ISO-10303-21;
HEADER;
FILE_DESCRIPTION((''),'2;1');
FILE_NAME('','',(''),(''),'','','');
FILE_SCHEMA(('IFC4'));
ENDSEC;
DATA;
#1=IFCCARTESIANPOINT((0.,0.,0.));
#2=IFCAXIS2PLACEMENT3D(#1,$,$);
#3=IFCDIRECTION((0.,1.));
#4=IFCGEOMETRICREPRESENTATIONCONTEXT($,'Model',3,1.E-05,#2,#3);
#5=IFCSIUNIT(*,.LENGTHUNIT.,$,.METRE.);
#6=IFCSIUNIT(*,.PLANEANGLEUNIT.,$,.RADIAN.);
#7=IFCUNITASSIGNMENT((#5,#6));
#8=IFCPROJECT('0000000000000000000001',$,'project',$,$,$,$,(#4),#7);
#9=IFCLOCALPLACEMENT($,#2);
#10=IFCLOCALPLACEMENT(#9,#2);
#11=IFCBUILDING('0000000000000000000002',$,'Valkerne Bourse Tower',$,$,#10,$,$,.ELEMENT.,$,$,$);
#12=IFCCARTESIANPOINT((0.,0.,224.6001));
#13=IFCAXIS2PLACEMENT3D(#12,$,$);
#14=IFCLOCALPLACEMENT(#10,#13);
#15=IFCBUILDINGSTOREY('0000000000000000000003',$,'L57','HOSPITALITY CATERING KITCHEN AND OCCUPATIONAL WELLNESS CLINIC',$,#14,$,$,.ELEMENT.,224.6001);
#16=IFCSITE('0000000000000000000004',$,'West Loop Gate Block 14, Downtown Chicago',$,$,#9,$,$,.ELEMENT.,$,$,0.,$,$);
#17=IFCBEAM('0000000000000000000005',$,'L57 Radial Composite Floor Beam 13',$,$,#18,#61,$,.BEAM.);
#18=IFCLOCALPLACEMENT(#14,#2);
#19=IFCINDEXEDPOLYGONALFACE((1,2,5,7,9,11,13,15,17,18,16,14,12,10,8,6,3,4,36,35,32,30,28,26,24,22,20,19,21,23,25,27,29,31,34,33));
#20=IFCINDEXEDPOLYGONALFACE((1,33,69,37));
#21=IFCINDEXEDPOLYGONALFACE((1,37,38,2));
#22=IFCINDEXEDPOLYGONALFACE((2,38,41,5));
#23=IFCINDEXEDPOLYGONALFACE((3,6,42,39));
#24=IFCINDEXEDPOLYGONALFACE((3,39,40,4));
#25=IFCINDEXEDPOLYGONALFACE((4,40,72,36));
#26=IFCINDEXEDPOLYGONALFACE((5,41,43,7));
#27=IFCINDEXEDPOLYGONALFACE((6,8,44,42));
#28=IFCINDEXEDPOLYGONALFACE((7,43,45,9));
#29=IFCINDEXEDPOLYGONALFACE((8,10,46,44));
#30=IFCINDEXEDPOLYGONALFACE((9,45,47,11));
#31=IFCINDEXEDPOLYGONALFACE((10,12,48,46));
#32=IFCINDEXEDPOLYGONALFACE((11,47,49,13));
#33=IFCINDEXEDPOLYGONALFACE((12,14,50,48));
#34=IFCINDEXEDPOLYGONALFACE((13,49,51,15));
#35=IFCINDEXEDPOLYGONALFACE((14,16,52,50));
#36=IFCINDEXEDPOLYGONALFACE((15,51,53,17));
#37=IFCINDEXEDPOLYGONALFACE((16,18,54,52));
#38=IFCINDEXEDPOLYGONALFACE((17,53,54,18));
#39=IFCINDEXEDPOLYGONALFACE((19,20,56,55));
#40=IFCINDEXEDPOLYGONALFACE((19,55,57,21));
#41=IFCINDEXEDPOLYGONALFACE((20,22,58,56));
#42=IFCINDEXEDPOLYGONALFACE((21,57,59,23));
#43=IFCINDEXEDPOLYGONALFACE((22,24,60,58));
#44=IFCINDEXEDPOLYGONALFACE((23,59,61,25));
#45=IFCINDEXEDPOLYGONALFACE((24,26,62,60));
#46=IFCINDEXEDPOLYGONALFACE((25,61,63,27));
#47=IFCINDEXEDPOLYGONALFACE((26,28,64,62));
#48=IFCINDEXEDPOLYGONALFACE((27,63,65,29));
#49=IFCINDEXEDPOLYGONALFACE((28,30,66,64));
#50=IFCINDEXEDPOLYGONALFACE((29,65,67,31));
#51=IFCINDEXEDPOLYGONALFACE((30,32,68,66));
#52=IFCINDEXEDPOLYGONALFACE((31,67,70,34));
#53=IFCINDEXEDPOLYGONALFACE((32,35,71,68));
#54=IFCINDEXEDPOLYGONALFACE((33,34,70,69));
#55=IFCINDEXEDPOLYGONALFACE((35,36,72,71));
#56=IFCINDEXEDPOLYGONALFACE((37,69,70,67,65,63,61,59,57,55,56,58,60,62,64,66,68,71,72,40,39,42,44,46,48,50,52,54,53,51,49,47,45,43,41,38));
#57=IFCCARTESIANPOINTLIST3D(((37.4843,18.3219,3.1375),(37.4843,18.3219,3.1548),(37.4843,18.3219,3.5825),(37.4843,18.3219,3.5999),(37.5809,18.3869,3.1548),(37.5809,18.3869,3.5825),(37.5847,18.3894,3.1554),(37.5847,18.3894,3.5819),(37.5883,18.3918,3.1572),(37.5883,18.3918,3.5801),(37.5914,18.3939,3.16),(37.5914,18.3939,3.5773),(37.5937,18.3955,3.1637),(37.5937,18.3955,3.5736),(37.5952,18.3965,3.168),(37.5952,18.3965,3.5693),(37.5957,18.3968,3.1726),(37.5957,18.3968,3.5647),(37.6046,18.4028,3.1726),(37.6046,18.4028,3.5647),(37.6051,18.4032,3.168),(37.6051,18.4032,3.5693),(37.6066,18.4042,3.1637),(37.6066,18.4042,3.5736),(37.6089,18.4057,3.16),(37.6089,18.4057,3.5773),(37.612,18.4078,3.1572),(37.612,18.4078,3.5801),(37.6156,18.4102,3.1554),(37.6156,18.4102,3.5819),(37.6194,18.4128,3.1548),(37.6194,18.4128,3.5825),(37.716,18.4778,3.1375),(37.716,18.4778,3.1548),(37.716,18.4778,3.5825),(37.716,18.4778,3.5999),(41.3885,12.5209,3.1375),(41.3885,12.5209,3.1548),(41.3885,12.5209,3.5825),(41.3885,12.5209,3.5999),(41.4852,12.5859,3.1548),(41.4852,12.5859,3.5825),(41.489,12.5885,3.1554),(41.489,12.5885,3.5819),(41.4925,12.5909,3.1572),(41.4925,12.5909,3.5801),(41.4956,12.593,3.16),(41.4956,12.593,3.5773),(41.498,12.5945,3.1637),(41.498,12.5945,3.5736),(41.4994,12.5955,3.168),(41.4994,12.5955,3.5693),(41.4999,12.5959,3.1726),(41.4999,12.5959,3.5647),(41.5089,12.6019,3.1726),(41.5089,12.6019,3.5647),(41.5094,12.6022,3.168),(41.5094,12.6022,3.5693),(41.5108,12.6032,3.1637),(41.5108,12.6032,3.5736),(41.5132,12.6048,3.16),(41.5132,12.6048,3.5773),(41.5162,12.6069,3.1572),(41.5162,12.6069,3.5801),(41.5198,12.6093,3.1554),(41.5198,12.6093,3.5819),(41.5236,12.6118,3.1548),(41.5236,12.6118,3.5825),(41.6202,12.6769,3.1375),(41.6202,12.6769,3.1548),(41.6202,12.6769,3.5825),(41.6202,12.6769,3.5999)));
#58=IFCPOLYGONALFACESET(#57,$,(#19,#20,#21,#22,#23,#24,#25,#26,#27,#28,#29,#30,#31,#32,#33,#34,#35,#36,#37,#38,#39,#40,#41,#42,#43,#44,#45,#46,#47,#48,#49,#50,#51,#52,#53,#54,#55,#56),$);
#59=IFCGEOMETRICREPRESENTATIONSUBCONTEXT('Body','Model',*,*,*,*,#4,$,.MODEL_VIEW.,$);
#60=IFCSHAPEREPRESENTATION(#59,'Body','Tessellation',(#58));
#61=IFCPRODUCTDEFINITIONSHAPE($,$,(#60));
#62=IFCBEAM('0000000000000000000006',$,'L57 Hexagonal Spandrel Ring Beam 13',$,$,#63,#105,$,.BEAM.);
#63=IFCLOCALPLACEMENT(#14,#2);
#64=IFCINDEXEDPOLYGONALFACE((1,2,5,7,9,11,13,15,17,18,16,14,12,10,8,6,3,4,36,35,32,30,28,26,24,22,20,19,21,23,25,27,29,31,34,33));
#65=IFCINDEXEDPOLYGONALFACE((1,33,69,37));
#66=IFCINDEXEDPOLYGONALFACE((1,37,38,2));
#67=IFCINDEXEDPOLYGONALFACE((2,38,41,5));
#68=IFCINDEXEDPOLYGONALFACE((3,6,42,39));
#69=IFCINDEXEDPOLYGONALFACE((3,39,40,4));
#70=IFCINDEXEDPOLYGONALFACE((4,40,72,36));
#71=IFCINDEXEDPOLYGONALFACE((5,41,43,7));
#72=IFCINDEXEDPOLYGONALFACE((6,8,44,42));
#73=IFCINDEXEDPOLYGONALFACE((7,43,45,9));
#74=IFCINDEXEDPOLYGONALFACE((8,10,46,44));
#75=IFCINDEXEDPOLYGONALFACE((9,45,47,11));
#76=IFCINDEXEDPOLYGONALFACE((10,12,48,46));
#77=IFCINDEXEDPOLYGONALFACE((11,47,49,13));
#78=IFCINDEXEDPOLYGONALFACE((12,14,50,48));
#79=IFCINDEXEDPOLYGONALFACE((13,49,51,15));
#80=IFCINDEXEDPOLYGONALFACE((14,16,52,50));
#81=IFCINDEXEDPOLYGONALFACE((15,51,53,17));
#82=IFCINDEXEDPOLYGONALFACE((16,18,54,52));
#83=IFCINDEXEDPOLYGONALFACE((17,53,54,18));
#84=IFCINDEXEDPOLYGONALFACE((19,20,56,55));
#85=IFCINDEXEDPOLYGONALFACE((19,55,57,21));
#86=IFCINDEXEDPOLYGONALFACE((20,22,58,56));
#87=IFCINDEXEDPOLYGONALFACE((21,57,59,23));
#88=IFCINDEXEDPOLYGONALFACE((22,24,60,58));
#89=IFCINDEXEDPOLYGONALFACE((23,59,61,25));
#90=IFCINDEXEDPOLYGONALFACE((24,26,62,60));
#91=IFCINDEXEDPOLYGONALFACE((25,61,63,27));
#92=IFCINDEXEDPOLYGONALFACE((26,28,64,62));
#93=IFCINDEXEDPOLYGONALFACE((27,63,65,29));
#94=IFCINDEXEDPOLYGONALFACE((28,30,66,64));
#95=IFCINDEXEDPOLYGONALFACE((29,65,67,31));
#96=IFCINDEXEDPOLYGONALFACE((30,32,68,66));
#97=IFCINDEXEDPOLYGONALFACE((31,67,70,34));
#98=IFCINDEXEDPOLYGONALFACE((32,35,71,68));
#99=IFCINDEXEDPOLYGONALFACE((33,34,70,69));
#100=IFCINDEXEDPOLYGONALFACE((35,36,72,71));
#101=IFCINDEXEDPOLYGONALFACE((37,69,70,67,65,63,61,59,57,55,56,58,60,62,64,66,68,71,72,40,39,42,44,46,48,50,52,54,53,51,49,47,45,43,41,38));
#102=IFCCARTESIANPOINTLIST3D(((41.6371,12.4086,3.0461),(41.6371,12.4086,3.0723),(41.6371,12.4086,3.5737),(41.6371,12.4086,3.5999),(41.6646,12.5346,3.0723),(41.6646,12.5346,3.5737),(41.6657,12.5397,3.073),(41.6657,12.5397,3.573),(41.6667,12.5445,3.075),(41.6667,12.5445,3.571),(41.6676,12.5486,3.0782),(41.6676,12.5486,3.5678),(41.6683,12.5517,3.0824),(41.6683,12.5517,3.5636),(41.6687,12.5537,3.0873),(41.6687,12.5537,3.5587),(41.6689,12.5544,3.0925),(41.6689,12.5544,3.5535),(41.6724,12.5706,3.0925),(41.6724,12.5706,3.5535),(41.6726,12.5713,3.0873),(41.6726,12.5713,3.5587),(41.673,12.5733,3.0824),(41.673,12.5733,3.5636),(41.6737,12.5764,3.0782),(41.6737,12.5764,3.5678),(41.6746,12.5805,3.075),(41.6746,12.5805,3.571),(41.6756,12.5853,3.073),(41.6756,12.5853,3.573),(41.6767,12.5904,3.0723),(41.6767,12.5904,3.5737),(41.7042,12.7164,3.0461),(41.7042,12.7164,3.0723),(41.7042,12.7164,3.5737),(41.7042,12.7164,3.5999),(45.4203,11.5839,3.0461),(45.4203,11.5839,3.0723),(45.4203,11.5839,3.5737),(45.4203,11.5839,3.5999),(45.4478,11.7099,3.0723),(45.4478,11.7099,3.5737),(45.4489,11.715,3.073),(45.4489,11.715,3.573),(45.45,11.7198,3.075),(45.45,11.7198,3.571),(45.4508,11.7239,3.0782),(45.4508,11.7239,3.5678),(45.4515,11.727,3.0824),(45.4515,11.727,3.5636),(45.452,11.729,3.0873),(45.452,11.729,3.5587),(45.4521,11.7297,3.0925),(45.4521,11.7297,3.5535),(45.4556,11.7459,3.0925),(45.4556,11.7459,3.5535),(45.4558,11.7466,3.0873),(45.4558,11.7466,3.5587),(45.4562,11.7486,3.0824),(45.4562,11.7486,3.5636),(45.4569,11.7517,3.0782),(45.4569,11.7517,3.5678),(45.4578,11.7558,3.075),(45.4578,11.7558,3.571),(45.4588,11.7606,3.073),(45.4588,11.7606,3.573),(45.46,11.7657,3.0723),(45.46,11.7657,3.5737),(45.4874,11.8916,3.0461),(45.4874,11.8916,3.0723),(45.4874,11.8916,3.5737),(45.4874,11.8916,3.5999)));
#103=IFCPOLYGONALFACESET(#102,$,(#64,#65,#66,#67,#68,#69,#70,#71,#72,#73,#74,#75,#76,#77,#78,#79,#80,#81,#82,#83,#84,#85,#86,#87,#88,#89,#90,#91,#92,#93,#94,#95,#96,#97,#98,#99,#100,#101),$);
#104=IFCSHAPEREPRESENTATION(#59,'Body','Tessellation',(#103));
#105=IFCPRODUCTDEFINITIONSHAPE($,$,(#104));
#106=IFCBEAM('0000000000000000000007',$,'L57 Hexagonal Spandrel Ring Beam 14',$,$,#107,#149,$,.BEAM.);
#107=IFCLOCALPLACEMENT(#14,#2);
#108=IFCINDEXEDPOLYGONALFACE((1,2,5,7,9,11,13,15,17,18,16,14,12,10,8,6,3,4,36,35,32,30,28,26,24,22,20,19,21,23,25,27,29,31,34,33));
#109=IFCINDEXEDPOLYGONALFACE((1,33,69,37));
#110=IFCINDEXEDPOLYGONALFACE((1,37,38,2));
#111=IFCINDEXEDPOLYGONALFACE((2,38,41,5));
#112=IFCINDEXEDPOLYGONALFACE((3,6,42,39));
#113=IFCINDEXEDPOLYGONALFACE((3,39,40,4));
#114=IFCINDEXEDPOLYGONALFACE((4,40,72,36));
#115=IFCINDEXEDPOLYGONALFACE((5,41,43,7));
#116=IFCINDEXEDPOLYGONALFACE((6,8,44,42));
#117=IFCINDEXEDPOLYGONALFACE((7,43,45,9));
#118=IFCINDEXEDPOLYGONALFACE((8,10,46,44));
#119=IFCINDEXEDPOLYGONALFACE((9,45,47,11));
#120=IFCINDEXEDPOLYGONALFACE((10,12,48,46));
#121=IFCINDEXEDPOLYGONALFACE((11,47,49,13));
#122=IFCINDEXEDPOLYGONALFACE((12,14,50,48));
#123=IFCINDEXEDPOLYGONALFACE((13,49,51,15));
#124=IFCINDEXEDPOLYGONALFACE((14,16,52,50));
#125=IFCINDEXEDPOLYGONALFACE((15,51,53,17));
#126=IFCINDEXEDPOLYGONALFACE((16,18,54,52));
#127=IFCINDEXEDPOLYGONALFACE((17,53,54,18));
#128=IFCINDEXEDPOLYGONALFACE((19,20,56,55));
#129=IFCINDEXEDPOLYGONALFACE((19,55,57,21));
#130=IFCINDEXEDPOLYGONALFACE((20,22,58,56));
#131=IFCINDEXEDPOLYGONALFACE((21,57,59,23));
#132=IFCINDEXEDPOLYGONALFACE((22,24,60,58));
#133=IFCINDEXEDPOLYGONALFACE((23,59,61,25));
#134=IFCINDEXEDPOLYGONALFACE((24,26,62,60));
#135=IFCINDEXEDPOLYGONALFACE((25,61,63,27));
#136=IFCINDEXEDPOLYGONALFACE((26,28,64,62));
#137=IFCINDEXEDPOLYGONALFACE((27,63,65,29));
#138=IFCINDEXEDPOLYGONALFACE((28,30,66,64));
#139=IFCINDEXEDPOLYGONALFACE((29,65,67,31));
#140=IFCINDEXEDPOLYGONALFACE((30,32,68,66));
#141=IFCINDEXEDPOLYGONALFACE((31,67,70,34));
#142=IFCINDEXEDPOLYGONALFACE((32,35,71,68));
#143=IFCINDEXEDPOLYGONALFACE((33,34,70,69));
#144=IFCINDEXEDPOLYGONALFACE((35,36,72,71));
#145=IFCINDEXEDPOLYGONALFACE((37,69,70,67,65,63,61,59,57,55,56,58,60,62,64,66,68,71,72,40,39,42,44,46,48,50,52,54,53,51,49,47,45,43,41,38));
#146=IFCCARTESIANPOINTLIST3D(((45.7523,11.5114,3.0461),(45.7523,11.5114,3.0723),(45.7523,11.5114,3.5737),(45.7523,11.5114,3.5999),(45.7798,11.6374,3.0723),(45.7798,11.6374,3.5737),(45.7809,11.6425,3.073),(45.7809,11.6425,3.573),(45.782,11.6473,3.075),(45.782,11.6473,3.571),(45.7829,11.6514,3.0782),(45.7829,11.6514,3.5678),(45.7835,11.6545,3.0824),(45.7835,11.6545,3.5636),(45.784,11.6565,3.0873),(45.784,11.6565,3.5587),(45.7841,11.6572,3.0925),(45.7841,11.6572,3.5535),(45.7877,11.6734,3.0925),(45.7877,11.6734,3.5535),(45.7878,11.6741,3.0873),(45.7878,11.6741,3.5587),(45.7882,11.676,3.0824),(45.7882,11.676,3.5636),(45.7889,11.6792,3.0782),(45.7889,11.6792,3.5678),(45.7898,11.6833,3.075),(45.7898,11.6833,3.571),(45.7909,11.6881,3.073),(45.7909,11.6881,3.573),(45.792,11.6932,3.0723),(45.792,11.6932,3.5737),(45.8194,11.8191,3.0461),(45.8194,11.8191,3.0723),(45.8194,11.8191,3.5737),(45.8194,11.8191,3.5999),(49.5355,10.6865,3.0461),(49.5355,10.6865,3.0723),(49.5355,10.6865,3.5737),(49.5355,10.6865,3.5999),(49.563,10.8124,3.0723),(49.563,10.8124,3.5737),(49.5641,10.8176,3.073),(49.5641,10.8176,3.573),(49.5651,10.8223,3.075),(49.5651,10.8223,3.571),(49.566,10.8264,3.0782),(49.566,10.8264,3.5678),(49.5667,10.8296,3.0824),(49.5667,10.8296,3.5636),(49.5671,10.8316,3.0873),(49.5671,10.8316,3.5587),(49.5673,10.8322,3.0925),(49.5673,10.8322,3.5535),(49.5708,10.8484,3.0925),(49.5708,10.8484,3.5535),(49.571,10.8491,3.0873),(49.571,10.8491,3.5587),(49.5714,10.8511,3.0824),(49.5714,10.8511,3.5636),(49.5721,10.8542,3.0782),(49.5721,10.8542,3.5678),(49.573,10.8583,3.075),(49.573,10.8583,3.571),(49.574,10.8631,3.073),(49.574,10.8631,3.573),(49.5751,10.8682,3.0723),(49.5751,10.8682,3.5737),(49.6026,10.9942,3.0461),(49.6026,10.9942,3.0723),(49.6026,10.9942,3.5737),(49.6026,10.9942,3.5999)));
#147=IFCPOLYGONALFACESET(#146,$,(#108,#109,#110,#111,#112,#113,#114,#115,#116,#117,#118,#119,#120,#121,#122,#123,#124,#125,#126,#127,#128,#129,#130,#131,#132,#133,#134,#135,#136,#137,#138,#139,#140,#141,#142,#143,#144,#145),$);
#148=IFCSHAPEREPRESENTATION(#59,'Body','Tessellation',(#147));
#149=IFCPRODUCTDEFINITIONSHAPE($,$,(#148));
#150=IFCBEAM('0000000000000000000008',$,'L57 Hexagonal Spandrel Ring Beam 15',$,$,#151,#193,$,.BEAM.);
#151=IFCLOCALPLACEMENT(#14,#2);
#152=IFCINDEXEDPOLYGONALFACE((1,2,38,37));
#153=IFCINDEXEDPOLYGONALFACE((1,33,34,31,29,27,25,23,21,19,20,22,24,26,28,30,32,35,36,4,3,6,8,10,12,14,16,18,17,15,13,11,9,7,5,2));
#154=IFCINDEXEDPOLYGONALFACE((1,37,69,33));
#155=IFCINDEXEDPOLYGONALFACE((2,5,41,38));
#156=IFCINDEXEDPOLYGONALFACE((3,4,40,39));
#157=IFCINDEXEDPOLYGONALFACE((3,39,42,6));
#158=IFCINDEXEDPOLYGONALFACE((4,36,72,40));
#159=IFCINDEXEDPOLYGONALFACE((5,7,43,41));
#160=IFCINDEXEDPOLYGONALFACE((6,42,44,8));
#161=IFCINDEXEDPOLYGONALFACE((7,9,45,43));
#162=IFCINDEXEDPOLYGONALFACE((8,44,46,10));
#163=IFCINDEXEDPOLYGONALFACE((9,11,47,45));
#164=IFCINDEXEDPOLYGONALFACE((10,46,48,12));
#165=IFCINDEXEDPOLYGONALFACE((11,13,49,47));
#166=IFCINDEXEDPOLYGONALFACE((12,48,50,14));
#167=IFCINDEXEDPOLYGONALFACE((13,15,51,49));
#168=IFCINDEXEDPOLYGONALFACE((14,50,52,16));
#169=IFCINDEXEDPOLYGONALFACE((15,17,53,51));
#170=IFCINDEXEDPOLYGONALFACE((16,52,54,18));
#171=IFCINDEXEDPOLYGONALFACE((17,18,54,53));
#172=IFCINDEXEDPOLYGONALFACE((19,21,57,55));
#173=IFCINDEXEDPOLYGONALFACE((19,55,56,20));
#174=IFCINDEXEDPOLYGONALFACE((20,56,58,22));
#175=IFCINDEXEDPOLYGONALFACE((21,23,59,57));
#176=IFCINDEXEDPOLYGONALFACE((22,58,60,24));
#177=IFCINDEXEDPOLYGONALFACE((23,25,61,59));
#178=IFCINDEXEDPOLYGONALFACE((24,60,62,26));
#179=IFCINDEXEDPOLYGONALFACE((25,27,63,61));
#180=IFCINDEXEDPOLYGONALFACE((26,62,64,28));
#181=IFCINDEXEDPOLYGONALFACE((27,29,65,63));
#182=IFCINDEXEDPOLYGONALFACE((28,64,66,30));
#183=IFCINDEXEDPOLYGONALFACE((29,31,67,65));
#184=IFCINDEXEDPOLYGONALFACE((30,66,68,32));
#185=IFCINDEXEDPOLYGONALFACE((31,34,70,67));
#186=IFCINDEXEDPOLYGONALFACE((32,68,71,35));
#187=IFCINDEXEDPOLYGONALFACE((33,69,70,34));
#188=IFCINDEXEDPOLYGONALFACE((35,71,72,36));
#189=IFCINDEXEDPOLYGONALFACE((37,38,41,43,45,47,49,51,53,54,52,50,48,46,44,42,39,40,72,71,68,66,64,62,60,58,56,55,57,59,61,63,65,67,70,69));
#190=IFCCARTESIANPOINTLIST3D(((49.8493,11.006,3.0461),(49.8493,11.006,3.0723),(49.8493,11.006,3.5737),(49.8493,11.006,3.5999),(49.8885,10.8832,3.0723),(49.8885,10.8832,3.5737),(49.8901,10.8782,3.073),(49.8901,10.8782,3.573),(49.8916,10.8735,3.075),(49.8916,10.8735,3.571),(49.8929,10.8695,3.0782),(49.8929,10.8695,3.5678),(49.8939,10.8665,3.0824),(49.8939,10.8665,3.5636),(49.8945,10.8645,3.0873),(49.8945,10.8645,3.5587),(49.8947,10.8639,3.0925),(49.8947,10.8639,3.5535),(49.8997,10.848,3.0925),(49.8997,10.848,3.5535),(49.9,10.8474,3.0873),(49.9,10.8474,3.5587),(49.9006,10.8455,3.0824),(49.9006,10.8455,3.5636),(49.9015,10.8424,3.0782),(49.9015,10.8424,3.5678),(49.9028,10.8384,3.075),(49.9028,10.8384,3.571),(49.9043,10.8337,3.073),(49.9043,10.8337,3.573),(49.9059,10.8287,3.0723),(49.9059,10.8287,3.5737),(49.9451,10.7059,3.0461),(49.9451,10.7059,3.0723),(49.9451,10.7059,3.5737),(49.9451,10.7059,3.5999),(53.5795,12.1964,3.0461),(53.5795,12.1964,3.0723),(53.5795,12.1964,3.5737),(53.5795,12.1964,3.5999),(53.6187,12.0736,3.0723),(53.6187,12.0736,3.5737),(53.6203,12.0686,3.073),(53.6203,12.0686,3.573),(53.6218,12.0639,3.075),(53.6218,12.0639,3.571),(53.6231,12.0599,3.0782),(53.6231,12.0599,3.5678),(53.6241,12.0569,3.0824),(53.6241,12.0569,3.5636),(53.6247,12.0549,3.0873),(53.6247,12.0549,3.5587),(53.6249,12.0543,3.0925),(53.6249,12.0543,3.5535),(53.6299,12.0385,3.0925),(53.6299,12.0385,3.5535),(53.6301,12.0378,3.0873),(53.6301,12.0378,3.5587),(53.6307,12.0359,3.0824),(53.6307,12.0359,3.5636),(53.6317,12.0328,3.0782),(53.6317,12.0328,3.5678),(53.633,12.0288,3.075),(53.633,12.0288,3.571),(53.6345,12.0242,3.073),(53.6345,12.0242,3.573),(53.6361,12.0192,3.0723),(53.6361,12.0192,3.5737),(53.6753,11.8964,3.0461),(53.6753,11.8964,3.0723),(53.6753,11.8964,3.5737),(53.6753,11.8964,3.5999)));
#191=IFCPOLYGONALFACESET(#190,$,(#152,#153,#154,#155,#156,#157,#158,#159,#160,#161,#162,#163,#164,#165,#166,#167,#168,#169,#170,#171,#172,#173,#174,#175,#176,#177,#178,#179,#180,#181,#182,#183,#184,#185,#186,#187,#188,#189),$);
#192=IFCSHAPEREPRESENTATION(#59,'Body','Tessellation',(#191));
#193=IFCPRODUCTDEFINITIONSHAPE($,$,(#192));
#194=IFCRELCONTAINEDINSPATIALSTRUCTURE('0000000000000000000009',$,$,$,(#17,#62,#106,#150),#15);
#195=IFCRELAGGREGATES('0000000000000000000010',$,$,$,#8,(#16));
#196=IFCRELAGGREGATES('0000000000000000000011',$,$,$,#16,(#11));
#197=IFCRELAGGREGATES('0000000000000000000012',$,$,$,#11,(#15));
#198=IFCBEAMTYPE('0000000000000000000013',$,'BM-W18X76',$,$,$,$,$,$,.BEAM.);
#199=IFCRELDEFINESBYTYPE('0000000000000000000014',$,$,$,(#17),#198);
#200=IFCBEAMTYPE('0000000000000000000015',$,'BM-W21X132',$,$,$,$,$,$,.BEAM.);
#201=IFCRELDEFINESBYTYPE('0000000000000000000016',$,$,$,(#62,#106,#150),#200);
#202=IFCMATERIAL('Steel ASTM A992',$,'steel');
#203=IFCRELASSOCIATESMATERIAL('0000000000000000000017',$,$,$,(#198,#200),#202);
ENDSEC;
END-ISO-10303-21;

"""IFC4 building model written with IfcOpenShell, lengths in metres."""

from ifc_helpers import new_model, si_unit, direction, frame, origin, origin_2d, place, context, subcontext, project, spatial, i_section, extrude, material, material_profile, profile_set, type_object, element, save


model = new_model("IFC4")

# Units and contexts
model_context = context("Model", 3, precision=1e-05, world=origin(), true_north=direction((0.0, 1.0)))
body_context = subcontext(model_context, "Body", "Model", "MODEL_VIEW")
ifc_project = project(units=[si_unit("LENGTHUNIT", "METRE"), si_unit("PLANEANGLEUNIT", "RADIAN")], contexts=[model_context])

# Site, building, storey
site_placement = place(None, origin())
site = spatial("IfcSite", under=ifc_project, at=site_placement, Name="West Loop Gate Block 14, Downtown Chicago", CompositionType="ELEMENT", RefElevation=0.0)
building_placement = place(site_placement, origin())
building = spatial("IfcBuilding", under=site, at=building_placement, Name="Valkerne Bourse Tower", CompositionType="ELEMENT")
storey_placement = place(building_placement, frame((0.0, 0.0, 224.6001)))
storey = spatial("IfcBuildingStorey", under=building, at=storey_placement, Name="L57", Description="HOSPITALITY CATERING KITCHEN AND OCCUPATIONAL WELLNESS CLINIC", CompositionType="ELEMENT", Elevation=224.6001)

# Beams
ifc_material_1 = material(Name="Steel ASTM A992", Category="steel")
ifc_material_profile_1 = material_profile(ifc_material_1, i_section(OverallWidth=0.2793, OverallDepth=0.4624, WebThickness=0.0107, FlangeThickness=0.0173, FilletRadius=0.0178, at=origin_2d()), Name="W18X76")
ifc_profile_set_1 = profile_set([ifc_material_profile_1], Name="Steel ASTM A992")
beam_type_1 = type_object("IfcBeamType", Name="BM-W18X76", PredefinedType="BEAM", material=ifc_profile_set_1)
beam_1_placement = place(storey_placement, frame((41.5044, 12.5989, 3.3687), z_axis=(-0.558353, 0.829604, 0.0), x_axis=(-0.829604, -0.558353, 0.0)))
element("IfcBeam", 1, at=beam_1_placement, inside=storey, type_object=beam_type_1, Name="L57 Radial Composite Floor Beam 13", PredefinedType="BEAM", context=body_context, shape_type="SweptSolid", body=[
    extrude(i_section(OverallWidth=0.2793, OverallDepth=0.4624, WebThickness=0.0107, FlangeThickness=0.0173, FilletRadius=0.0178, at=origin_2d()), origin(), (0.0, 0.0, 1.0), 6.9924),
])
ifc_material_profile_2 = material_profile(ifc_material_1, i_section(OverallWidth=0.3149, OverallDepth=0.5537, WebThickness=0.0166, FlangeThickness=0.0261, FilletRadius=0.0203, at=origin_2d()), Name="W21X132")
ifc_profile_set_2 = profile_set([ifc_material_profile_2], Name="Steel ASTM A992")
beam_type_2 = type_object("IfcBeamType", Name="BM-W21X132", PredefinedType="BEAM", material=ifc_profile_set_2)
for number, where, z_axis, x_axis, name in (
    (2, (41.6707, 12.5625, 3.323), (0.977054, -0.21299, 0.0), (0.21299, 0.977054, 0.0), "L57 Hexagonal Spandrel Ring Beam 13"),
    (3, (45.7859, 11.6653, 3.323), (0.977041, -0.21305, 0.0), (0.21305, 0.977041, 0.0), "L57 Hexagonal Spandrel Ring Beam 14"),
):
    element("IfcBeam", number, at=place(storey_placement, frame(where, z_axis=z_axis, x_axis=x_axis)), inside=storey, type_object=beam_type_2, Name=name, PredefinedType="BEAM", context=body_context, shape_type="SweptSolid", body=[
        extrude(i_section(OverallWidth=0.3149, OverallDepth=0.5537, WebThickness=0.0166, FlangeThickness=0.0261, FilletRadius=0.0203, at=origin_2d()), origin(), (0.0, 0.0, 1.0), 3.8721),
    ])
beam_2_placement = place(storey_placement, frame((49.8972, 10.856, 3.323), z_axis=(0.952664, 0.304025, 0.0), x_axis=(-0.304025, 0.952664, 0.0)))
element("IfcBeam", 4, at=beam_2_placement, inside=storey, type_object=beam_type_2, Name="L57 Hexagonal Spandrel Ring Beam 15", PredefinedType="BEAM", context=body_context, shape_type="SweptSolid", body=[
    extrude(i_section(OverallWidth=0.3149, OverallDepth=0.5537, WebThickness=0.0166, FlangeThickness=0.0261, FilletRadius=0.0203, at=origin_2d()), origin(), (0.0, 0.0, 1.0), 3.9155),
])

save(model, "model.ifc")
